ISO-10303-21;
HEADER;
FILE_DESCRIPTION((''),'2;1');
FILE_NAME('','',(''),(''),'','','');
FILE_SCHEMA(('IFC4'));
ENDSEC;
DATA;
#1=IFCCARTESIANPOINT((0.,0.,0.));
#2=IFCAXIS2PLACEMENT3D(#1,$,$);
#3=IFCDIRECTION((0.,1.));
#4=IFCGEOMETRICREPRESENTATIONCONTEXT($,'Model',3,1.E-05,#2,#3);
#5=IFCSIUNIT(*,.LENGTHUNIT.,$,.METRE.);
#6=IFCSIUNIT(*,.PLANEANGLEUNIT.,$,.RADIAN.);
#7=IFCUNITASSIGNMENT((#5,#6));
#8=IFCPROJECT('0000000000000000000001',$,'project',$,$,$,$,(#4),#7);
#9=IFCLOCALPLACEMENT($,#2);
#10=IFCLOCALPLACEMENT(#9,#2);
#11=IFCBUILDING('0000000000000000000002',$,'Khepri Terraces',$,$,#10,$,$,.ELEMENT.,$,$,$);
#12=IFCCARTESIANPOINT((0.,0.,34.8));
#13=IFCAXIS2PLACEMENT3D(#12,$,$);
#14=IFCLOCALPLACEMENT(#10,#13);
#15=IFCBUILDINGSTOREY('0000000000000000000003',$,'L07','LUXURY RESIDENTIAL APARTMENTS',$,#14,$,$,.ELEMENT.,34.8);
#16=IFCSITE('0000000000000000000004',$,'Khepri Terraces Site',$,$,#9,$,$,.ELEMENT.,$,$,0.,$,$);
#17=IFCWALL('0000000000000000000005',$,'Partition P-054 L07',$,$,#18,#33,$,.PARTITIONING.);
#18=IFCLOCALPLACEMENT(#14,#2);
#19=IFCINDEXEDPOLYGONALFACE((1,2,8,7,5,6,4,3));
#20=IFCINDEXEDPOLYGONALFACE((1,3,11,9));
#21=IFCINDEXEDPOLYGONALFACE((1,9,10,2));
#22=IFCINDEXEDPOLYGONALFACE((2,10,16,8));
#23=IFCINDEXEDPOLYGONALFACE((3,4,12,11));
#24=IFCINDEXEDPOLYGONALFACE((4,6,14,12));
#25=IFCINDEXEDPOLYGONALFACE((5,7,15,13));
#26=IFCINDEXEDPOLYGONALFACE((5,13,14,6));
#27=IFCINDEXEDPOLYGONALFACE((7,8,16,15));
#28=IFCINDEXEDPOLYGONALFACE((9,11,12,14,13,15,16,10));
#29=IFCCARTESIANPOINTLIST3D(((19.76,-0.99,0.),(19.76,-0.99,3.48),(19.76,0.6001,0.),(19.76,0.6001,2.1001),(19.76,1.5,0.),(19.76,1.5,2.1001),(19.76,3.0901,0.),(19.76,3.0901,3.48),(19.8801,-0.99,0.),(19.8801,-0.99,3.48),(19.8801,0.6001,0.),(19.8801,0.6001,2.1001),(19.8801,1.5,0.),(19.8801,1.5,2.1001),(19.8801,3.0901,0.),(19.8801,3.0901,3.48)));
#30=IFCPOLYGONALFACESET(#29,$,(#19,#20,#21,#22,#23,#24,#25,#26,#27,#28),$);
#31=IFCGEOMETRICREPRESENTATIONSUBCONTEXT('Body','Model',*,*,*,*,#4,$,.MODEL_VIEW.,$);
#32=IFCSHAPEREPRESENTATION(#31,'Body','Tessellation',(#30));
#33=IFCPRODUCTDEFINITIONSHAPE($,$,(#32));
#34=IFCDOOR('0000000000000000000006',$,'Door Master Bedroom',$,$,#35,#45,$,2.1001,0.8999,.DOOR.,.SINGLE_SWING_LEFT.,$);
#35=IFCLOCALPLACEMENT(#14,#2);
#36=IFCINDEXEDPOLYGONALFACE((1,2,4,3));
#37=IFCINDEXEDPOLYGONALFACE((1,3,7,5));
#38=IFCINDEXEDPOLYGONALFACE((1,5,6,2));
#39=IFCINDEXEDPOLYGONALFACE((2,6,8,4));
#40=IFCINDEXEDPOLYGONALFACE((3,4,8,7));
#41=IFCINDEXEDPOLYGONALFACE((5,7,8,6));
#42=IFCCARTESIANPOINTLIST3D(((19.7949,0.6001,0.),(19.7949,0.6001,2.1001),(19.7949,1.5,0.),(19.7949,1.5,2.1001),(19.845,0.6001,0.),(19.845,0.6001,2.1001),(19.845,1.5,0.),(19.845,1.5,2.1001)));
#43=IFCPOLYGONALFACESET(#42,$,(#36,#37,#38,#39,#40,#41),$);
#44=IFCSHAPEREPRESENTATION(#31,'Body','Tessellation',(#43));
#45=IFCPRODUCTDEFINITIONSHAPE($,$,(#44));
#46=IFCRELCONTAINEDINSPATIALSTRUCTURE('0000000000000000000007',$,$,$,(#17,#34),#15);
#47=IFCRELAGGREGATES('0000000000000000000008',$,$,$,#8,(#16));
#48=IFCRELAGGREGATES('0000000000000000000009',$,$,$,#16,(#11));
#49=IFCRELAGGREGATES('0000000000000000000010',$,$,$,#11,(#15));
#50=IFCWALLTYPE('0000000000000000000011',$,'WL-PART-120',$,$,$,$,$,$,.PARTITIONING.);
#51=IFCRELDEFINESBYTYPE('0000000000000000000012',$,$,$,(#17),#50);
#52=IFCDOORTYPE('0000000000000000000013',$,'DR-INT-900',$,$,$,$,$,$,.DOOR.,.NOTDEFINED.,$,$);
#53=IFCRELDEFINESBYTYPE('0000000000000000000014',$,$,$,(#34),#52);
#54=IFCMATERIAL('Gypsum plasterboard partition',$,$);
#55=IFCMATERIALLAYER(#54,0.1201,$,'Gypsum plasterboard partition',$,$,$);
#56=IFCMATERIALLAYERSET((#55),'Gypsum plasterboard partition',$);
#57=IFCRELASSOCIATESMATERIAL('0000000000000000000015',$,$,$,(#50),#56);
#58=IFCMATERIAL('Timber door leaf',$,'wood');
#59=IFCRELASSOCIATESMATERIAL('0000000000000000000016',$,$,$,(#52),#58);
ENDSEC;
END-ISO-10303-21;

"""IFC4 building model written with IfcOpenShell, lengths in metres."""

from ifc_helpers import new_model, si_unit, direction, frame, frame_2d, origin, place, context, subcontext, project, spatial, rectangle, extrude, material, layer, layer_set, type_object, element, fill, save


model = new_model("IFC4")

# Units and contexts
model_context = context("Model", 3, precision=1e-05, world=origin(), true_north=direction((0.0, 1.0)))
body_context = subcontext(model_context, "Body", "Model", "MODEL_VIEW")
ifc_project = project(units=[si_unit("LENGTHUNIT", "METRE"), si_unit("PLANEANGLEUNIT", "RADIAN")], contexts=[model_context])

# Site, building, storey
site_placement = place(None, origin())
site = spatial("IfcSite", under=ifc_project, at=site_placement, Name="Khepri Terraces Site", CompositionType="ELEMENT", RefElevation=0.0)
building_placement = place(site_placement, origin())
building = spatial("IfcBuilding", under=site, at=building_placement, Name="Khepri Terraces", CompositionType="ELEMENT")
storey_placement = place(building_placement, frame((0.0, 0.0, 34.8)))
storey = spatial("IfcBuildingStorey", under=building, at=storey_placement, Name="L07", Description="LUXURY RESIDENTIAL APARTMENTS", CompositionType="ELEMENT", Elevation=34.8)

# Shared definitions
ifc_material_1 = material(Name="Gypsum plasterboard partition")
ifc_layer_1 = layer(ifc_material_1, 0.1201, Name="Gypsum plasterboard partition")
ifc_layer_set_1 = layer_set([ifc_layer_1], Name="Gypsum plasterboard partition")
wall_type_1 = type_object("IfcWallType", Name="WL-PART-120", PredefinedType="PARTITIONING", material=ifc_layer_set_1)
ifc_material_2 = material(Name="Timber door leaf", Category="wood")
door_type_1 = type_object("IfcDoorType", Name="DR-INT-900", OperationType="NOTDEFINED", PredefinedType="DOOR", material=ifc_material_2)

# Wall, opening, door
wall_1_placement = place(storey_placement, frame((19.8201, -0.99, 0.0), z_axis=(0.0, 0.0, 1.0), x_axis=(0.0, 1.0, 0.0)))
wall_1 = element("IfcWall", 1, at=wall_1_placement, inside=storey, type_object=wall_type_1, Name="Partition P-054 L07", PredefinedType="PARTITIONING", context=body_context, shape_type="SweptSolid", body=[
    extrude(rectangle(XDim=4.0801, YDim=0.1201, at=frame_2d((2.04, 0.0))), origin(), (0.0, 0.0, 1.0), 3.48),
])
opening_1_placement = place(wall_1_placement, frame((1.5901, 0.0, 0.0)))
opening_1 = element("IfcOpeningElement", 2, at=opening_1_placement, cuts=wall_1, PredefinedType="OPENING", context=body_context, shape_type="SweptSolid", body=[
    extrude(rectangle(XDim=0.8999, YDim=2.1001, at=frame_2d((0.45, 1.05))), frame((0.0, 0.0701, 0.0), z_axis=(0.0, -1.0, 0.0), x_axis=(1.0, 0.0, 0.0)), (0.0, 0.0, 1.0), 0.1401),
])
door_1_placement = place(opening_1_placement, frame((0.8999, 0.0, 0.0), z_axis=(0.0, 0.0, 1.0), x_axis=(-1.0, 0.0, 0.0)))
door_1 = element("IfcDoor", 3, at=door_1_placement, inside=storey, type_object=door_type_1, Name="Door Master Bedroom", OperationType="SINGLE_SWING_LEFT", OverallHeight=2.1001, OverallWidth=0.8999, PredefinedType="DOOR", context=body_context, shape_type="SweptSolid", body=[
    extrude(rectangle(XDim=0.8999, YDim=2.1001, at=frame_2d((0.45, 1.05))), frame((0.0, 0.0249, 0.0), z_axis=(0.0, -1.0, 0.0), x_axis=(1.0, 0.0, 0.0)), (0.0, 0.0, 1.0), 0.05),
])
fill(opening_1, door_1)

save(model, "model.ifc")
